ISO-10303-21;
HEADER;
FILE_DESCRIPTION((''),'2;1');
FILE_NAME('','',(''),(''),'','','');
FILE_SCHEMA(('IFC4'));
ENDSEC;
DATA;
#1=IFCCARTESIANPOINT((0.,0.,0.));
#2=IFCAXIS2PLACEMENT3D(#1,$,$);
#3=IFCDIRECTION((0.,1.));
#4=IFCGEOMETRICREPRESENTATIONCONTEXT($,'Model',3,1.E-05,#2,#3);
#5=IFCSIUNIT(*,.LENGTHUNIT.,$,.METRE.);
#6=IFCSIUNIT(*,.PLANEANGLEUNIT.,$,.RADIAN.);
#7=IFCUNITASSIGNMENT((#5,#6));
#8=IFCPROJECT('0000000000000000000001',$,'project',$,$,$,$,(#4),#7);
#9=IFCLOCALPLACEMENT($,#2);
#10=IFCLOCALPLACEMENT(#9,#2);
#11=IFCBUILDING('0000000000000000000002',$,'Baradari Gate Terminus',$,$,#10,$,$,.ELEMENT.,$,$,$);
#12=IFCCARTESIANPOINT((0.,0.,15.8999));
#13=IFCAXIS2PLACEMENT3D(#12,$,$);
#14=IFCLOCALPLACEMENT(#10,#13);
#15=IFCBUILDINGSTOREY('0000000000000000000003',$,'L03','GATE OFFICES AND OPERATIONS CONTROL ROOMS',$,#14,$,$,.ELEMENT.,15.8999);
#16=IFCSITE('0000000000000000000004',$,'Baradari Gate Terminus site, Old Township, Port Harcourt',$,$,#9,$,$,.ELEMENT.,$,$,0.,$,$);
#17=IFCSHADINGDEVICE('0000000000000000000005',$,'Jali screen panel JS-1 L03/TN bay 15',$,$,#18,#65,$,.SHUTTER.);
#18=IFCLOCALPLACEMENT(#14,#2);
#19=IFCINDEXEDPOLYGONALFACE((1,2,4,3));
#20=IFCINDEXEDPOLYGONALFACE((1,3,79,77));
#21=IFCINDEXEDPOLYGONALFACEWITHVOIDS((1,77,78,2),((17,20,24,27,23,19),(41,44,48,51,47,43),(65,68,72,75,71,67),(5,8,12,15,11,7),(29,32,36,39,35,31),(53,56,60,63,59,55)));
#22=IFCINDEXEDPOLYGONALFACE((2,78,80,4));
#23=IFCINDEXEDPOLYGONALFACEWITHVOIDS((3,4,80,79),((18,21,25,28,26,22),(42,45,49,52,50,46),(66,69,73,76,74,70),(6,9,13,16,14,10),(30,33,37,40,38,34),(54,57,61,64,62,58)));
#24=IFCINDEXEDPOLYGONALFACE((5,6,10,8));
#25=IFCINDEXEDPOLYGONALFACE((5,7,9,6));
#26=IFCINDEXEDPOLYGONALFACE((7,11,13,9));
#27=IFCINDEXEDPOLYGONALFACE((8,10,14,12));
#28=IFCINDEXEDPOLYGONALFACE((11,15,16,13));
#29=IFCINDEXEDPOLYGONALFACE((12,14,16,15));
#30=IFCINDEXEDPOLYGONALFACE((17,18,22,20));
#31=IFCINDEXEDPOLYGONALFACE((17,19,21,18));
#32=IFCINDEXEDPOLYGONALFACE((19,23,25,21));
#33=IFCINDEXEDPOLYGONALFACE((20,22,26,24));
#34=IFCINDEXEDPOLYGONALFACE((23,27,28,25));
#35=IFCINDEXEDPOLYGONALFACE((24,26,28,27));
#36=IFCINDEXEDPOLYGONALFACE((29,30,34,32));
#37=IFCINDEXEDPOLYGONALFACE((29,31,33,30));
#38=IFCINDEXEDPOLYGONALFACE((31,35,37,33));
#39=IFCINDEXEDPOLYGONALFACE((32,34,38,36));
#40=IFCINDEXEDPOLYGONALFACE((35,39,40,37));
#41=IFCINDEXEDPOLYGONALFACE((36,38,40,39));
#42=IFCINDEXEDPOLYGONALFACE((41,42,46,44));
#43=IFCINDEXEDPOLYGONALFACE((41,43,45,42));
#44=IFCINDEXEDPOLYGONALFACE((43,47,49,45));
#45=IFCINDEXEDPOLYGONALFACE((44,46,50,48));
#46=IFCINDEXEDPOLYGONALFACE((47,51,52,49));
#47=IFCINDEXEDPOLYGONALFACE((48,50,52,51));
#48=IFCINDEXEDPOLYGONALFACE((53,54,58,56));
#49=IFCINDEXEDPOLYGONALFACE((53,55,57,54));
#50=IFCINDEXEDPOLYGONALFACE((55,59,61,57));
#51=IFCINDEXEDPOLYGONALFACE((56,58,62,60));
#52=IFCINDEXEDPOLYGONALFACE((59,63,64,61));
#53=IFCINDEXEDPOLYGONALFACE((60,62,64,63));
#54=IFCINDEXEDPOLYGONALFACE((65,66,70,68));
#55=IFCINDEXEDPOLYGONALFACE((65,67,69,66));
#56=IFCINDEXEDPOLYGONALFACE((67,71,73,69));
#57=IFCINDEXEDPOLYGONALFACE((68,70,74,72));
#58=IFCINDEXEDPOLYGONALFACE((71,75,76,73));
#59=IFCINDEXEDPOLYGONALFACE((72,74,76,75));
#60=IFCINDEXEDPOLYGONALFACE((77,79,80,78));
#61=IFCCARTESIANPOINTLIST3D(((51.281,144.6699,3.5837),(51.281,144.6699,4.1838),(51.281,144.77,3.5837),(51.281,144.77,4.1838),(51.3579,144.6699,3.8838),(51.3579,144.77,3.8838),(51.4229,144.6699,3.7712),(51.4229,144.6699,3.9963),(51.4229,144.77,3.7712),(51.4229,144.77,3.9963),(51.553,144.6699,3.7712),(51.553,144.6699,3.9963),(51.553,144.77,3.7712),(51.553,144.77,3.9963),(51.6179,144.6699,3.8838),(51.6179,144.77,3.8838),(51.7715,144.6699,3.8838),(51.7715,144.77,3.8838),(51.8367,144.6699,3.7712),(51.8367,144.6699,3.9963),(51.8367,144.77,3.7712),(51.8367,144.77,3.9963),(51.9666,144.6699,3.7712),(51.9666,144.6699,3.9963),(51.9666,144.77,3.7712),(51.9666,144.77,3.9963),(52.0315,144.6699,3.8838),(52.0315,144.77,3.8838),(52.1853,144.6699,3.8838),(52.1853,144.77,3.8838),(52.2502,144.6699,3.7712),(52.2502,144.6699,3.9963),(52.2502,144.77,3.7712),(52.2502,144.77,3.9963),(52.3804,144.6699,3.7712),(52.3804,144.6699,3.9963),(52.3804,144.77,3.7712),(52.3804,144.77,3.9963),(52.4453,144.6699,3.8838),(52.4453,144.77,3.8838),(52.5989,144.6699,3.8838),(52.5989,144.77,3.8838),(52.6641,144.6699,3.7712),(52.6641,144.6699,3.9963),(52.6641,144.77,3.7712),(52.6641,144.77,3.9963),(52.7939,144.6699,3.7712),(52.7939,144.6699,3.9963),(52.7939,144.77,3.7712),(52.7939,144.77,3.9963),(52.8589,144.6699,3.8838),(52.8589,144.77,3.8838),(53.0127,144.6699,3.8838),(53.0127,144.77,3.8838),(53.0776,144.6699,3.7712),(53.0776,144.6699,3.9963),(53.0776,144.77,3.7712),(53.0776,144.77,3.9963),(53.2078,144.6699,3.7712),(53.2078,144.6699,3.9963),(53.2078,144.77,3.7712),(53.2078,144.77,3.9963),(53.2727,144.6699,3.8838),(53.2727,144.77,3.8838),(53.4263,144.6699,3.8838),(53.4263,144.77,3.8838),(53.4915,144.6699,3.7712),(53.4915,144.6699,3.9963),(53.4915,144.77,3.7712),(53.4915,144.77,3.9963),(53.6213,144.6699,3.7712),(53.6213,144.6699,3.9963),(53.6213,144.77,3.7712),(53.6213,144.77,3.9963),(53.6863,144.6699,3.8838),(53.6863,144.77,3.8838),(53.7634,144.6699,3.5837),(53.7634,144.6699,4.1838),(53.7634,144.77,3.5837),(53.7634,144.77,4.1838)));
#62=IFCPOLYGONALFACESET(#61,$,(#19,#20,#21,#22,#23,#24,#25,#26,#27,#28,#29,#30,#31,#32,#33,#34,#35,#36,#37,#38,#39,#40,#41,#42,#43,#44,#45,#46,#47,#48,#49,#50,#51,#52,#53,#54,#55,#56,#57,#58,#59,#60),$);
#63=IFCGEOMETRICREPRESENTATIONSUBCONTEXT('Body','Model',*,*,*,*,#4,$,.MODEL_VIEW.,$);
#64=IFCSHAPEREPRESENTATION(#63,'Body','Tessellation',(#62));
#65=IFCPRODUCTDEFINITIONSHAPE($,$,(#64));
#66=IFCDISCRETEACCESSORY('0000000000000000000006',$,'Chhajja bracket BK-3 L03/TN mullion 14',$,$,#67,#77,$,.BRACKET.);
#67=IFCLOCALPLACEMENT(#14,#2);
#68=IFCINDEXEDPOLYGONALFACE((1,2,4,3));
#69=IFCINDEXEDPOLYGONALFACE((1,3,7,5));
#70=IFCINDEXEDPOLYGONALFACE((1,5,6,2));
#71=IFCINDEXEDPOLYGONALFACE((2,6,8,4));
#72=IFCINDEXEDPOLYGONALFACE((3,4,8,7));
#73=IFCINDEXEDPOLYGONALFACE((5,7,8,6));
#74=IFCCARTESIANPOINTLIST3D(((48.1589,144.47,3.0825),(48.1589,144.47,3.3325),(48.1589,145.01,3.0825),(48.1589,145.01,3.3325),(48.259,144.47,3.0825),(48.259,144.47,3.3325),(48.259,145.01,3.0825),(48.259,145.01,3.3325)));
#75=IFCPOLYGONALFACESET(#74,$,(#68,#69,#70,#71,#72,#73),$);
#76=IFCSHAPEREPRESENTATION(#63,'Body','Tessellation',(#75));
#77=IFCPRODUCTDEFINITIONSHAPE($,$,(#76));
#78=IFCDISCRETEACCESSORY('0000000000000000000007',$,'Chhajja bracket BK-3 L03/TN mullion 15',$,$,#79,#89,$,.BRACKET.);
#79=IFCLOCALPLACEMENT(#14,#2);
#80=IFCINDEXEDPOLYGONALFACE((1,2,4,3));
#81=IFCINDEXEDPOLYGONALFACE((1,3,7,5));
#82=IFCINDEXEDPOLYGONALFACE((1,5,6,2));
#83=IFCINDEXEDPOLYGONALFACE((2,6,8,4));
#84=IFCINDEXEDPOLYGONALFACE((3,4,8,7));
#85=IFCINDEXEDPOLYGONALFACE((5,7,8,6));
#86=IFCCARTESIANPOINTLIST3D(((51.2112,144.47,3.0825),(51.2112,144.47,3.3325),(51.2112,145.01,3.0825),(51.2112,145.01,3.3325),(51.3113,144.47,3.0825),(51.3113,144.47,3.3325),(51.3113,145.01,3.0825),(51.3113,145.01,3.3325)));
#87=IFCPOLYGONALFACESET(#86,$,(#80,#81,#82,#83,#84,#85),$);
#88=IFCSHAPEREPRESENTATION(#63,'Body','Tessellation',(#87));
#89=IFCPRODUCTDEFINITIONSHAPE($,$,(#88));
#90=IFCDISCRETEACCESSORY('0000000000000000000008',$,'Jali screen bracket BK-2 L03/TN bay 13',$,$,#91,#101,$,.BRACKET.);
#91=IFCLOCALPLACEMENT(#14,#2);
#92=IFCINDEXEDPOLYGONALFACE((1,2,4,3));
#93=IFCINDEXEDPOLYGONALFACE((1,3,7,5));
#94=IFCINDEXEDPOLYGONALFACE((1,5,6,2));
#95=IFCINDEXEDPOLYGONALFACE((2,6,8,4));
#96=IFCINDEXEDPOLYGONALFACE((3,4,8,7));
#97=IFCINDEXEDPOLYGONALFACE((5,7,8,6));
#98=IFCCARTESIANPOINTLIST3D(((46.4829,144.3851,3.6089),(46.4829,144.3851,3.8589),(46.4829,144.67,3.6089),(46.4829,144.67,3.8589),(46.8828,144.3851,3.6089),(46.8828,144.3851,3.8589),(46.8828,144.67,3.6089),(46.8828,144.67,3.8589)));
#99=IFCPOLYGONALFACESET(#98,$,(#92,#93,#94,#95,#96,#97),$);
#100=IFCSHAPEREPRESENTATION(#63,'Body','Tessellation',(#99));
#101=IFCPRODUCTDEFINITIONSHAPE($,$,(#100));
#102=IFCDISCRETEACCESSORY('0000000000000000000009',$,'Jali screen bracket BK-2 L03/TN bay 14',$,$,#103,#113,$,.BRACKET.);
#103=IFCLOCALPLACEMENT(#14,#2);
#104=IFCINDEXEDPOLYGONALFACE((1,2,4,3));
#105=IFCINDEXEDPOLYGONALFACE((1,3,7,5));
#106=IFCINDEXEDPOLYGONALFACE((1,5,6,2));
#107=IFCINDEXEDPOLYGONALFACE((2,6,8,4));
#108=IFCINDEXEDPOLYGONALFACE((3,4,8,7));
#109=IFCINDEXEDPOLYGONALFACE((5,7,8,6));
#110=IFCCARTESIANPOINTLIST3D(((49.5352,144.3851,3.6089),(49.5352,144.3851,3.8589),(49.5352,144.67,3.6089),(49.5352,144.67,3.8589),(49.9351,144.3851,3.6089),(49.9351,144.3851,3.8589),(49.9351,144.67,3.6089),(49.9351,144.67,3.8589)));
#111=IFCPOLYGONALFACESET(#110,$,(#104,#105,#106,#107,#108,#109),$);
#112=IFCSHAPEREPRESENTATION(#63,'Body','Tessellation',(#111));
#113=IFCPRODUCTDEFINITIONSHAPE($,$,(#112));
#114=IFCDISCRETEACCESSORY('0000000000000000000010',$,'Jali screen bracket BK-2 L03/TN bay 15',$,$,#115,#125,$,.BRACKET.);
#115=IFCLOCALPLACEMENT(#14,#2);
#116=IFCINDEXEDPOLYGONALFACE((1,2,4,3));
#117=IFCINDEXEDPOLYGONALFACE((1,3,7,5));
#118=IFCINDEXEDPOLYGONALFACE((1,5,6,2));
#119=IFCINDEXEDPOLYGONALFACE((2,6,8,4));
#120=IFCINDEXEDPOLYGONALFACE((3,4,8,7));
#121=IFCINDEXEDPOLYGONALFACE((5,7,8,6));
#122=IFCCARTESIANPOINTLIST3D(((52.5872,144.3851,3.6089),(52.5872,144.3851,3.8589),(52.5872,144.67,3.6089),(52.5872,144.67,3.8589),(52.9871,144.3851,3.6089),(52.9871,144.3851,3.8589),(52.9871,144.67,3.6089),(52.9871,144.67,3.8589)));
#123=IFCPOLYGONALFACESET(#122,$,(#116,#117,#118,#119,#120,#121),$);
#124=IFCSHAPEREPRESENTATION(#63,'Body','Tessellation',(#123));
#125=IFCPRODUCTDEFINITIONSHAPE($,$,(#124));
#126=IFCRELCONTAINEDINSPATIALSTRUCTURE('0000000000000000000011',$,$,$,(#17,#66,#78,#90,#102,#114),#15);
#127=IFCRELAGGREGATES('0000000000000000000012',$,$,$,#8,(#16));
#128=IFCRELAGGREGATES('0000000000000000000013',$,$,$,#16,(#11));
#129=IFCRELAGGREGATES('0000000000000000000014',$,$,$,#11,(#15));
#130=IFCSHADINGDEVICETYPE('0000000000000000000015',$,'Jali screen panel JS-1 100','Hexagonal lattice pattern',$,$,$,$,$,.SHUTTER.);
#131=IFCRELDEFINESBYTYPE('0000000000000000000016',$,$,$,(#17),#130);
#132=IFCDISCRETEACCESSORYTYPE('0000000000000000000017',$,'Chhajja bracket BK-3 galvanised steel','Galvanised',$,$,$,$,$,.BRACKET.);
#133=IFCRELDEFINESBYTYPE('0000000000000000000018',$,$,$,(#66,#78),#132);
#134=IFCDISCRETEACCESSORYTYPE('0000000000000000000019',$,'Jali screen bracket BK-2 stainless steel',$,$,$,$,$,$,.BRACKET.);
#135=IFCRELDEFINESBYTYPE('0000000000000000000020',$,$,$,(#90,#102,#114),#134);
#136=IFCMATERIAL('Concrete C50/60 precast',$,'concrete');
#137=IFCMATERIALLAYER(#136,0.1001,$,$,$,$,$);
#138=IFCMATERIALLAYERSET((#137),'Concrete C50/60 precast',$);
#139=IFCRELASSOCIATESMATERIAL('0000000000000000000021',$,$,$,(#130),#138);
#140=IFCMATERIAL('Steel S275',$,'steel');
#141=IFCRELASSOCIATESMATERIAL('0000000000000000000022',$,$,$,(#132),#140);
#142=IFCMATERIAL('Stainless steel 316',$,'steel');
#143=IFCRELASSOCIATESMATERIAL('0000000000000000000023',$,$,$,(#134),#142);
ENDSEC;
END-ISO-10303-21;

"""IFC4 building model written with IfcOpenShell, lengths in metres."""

from ifc_helpers import new_model, si_unit, direction, frame, origin, origin_2d, place, context, subcontext, project, spatial, polyline, rectangle, outline, extrude, material, layer, layer_set, type_object, element, save


model = new_model("IFC4")

# Units and contexts
model_context = context("Model", 3, precision=1e-05, world=origin(), true_north=direction((0.0, 1.0)))
body_context = subcontext(model_context, "Body", "Model", "MODEL_VIEW")
ifc_project = project(units=[si_unit("LENGTHUNIT", "METRE"), si_unit("PLANEANGLEUNIT", "RADIAN")], contexts=[model_context])

# Site, building, storey
site_placement = place(None, origin())
site = spatial("IfcSite", under=ifc_project, at=site_placement, Name="Baradari Gate Terminus site, Old Township, Port Harcourt", CompositionType="ELEMENT", RefElevation=0.0)
building_placement = place(site_placement, origin())
building = spatial("IfcBuilding", under=site, at=building_placement, Name="Baradari Gate Terminus", CompositionType="ELEMENT")
storey_placement = place(building_placement, frame((0.0, 0.0, 15.8999)))
storey = spatial("IfcBuildingStorey", under=building, at=storey_placement, Name="L03", Description="GATE OFFICES AND OPERATIONS CONTROL ROOMS", CompositionType="ELEMENT", Elevation=15.8999)

# Shading device
ifc_material_1 = material(Name="Concrete C50/60 precast", Category="concrete")
ifc_layer_1 = layer(ifc_material_1, 0.1001)
ifc_layer_set_1 = layer_set([ifc_layer_1], Name="Concrete C50/60 precast")
shading_device_type_1 = type_object("IfcShadingDeviceType", Name="Jali screen panel JS-1 100", Description="Hexagonal lattice pattern", PredefinedType="SHUTTER", material=ifc_layer_set_1)
shading_device_1_placement = place(storey_placement, frame((51.281, 144.72, 3.5837), z_axis=(0.0, 0.0, 1.0), x_axis=(1.0, 0.0, 0.0)))
element("IfcShadingDevice", 1, at=shading_device_1_placement, inside=storey, type_object=shading_device_type_1, Name="Jali screen panel JS-1 L03/TN bay 15", PredefinedType="SHUTTER", context=body_context, shape_type="SweptSolid", body=[
    extrude(outline(polyline([(0.0, 0.0), (2.4824, 0.0), (2.4824, 0.6001), (0.0, 0.6001), (0.0, 0.0)]), holes=[polyline([(0.3369, 0.3), (0.272, 0.1875), (0.1418, 0.1875), (0.0769, 0.3), (0.1418, 0.4126), (0.272, 0.4126), (0.3369, 0.3)]), polyline([(0.7505, 0.3), (0.6855, 0.1875), (0.5557, 0.1875), (0.4905, 0.3), (0.5557, 0.4126), (0.6855, 0.4126), (0.7505, 0.3)]), polyline([(1.1643, 0.3), (1.0994, 0.1875), (0.9692, 0.1875), (0.9043, 0.3), (0.9692, 0.4126), (1.0994, 0.4126), (1.1643, 0.3)]), polyline([(1.5779, 0.3), (1.5129, 0.1875), (1.3831, 0.1875), (1.3179, 0.3), (1.3831, 0.4126), (1.5129, 0.4126), (1.5779, 0.3)]), polyline([(1.9917, 0.3), (1.9268, 0.1875), (1.7966, 0.1875), (1.7317, 0.3), (1.7966, 0.4126), (1.9268, 0.4126), (1.9917, 0.3)]), polyline([(2.4053, 0.3), (2.3403, 0.1875), (2.2104, 0.1875), (2.1453, 0.3), (2.2104, 0.4126), (2.3403, 0.4126), (2.4053, 0.3)])]), frame((0.0, 0.05, 0.0), z_axis=(0.0, -1.0, 0.0), x_axis=(1.0, 0.0, 0.0)), (0.0, 0.0, 1.0), 0.1001),
])

# Discrete accessories
ifc_material_2 = material(Name="Steel S275", Category="steel")
discrete_accessory_type_1 = type_object("IfcDiscreteAccessoryType", Name="Chhajja bracket BK-3 galvanised steel", Description="Galvanised", PredefinedType="BRACKET", material=ifc_material_2)
for number, where, z_axis, x_axis, name in (
    (2, (48.209, 144.74, 3.0825), (0.0, 0.0, 1.0), (0.0, 1.0, 0.0), "Chhajja bracket BK-3 L03/TN mullion 14"),
    (3, (51.2612, 144.74, 3.0825), (0.0, 0.0, 1.0), (0.0, 1.0, 0.0), "Chhajja bracket BK-3 L03/TN mullion 15"),
):
    element("IfcDiscreteAccessory", number, at=place(storey_placement, frame(where, z_axis=z_axis, x_axis=x_axis)), inside=storey, type_object=discrete_accessory_type_1, Name=name, PredefinedType="BRACKET", context=body_context, shape_type="SweptSolid", body=[
        extrude(rectangle(XDim=0.54, YDim=0.1001, at=origin_2d()), origin(), (0.0, 0.0, 1.0), 0.25),
    ])
ifc_material_3 = material(Name="Stainless steel 316", Category="steel")
discrete_accessory_type_2 = type_object("IfcDiscreteAccessoryType", Name="Jali screen bracket BK-2 stainless steel", PredefinedType="BRACKET", material=ifc_material_3)
for number, where, z_axis, x_axis, name in (
    (4, (46.6829, 144.5276, 3.6089), (0.0, 0.0, 1.0), (0.0, 1.0, 0.0), "Jali screen bracket BK-2 L03/TN bay 13"),
    (5, (49.7351, 144.5276, 3.6089), (0.0, 0.0, 1.0), (0.0, 1.0, 0.0), "Jali screen bracket BK-2 L03/TN bay 14"),
    (6, (52.7871, 144.5276, 3.6089), (0.0, 0.0, 1.0), (0.0, 1.0, 0.0), "Jali screen bracket BK-2 L03/TN bay 15"),
):
    element("IfcDiscreteAccessory", number, at=place(storey_placement, frame(where, z_axis=z_axis, x_axis=x_axis)), inside=storey, type_object=discrete_accessory_type_2, Name=name, PredefinedType="BRACKET", context=body_context, shape_type="SweptSolid", body=[
        extrude(rectangle(XDim=0.2849, YDim=0.3999, at=origin_2d()), origin(), (0.0, 0.0, 1.0), 0.25),
    ])

save(model, "model.ifc")
